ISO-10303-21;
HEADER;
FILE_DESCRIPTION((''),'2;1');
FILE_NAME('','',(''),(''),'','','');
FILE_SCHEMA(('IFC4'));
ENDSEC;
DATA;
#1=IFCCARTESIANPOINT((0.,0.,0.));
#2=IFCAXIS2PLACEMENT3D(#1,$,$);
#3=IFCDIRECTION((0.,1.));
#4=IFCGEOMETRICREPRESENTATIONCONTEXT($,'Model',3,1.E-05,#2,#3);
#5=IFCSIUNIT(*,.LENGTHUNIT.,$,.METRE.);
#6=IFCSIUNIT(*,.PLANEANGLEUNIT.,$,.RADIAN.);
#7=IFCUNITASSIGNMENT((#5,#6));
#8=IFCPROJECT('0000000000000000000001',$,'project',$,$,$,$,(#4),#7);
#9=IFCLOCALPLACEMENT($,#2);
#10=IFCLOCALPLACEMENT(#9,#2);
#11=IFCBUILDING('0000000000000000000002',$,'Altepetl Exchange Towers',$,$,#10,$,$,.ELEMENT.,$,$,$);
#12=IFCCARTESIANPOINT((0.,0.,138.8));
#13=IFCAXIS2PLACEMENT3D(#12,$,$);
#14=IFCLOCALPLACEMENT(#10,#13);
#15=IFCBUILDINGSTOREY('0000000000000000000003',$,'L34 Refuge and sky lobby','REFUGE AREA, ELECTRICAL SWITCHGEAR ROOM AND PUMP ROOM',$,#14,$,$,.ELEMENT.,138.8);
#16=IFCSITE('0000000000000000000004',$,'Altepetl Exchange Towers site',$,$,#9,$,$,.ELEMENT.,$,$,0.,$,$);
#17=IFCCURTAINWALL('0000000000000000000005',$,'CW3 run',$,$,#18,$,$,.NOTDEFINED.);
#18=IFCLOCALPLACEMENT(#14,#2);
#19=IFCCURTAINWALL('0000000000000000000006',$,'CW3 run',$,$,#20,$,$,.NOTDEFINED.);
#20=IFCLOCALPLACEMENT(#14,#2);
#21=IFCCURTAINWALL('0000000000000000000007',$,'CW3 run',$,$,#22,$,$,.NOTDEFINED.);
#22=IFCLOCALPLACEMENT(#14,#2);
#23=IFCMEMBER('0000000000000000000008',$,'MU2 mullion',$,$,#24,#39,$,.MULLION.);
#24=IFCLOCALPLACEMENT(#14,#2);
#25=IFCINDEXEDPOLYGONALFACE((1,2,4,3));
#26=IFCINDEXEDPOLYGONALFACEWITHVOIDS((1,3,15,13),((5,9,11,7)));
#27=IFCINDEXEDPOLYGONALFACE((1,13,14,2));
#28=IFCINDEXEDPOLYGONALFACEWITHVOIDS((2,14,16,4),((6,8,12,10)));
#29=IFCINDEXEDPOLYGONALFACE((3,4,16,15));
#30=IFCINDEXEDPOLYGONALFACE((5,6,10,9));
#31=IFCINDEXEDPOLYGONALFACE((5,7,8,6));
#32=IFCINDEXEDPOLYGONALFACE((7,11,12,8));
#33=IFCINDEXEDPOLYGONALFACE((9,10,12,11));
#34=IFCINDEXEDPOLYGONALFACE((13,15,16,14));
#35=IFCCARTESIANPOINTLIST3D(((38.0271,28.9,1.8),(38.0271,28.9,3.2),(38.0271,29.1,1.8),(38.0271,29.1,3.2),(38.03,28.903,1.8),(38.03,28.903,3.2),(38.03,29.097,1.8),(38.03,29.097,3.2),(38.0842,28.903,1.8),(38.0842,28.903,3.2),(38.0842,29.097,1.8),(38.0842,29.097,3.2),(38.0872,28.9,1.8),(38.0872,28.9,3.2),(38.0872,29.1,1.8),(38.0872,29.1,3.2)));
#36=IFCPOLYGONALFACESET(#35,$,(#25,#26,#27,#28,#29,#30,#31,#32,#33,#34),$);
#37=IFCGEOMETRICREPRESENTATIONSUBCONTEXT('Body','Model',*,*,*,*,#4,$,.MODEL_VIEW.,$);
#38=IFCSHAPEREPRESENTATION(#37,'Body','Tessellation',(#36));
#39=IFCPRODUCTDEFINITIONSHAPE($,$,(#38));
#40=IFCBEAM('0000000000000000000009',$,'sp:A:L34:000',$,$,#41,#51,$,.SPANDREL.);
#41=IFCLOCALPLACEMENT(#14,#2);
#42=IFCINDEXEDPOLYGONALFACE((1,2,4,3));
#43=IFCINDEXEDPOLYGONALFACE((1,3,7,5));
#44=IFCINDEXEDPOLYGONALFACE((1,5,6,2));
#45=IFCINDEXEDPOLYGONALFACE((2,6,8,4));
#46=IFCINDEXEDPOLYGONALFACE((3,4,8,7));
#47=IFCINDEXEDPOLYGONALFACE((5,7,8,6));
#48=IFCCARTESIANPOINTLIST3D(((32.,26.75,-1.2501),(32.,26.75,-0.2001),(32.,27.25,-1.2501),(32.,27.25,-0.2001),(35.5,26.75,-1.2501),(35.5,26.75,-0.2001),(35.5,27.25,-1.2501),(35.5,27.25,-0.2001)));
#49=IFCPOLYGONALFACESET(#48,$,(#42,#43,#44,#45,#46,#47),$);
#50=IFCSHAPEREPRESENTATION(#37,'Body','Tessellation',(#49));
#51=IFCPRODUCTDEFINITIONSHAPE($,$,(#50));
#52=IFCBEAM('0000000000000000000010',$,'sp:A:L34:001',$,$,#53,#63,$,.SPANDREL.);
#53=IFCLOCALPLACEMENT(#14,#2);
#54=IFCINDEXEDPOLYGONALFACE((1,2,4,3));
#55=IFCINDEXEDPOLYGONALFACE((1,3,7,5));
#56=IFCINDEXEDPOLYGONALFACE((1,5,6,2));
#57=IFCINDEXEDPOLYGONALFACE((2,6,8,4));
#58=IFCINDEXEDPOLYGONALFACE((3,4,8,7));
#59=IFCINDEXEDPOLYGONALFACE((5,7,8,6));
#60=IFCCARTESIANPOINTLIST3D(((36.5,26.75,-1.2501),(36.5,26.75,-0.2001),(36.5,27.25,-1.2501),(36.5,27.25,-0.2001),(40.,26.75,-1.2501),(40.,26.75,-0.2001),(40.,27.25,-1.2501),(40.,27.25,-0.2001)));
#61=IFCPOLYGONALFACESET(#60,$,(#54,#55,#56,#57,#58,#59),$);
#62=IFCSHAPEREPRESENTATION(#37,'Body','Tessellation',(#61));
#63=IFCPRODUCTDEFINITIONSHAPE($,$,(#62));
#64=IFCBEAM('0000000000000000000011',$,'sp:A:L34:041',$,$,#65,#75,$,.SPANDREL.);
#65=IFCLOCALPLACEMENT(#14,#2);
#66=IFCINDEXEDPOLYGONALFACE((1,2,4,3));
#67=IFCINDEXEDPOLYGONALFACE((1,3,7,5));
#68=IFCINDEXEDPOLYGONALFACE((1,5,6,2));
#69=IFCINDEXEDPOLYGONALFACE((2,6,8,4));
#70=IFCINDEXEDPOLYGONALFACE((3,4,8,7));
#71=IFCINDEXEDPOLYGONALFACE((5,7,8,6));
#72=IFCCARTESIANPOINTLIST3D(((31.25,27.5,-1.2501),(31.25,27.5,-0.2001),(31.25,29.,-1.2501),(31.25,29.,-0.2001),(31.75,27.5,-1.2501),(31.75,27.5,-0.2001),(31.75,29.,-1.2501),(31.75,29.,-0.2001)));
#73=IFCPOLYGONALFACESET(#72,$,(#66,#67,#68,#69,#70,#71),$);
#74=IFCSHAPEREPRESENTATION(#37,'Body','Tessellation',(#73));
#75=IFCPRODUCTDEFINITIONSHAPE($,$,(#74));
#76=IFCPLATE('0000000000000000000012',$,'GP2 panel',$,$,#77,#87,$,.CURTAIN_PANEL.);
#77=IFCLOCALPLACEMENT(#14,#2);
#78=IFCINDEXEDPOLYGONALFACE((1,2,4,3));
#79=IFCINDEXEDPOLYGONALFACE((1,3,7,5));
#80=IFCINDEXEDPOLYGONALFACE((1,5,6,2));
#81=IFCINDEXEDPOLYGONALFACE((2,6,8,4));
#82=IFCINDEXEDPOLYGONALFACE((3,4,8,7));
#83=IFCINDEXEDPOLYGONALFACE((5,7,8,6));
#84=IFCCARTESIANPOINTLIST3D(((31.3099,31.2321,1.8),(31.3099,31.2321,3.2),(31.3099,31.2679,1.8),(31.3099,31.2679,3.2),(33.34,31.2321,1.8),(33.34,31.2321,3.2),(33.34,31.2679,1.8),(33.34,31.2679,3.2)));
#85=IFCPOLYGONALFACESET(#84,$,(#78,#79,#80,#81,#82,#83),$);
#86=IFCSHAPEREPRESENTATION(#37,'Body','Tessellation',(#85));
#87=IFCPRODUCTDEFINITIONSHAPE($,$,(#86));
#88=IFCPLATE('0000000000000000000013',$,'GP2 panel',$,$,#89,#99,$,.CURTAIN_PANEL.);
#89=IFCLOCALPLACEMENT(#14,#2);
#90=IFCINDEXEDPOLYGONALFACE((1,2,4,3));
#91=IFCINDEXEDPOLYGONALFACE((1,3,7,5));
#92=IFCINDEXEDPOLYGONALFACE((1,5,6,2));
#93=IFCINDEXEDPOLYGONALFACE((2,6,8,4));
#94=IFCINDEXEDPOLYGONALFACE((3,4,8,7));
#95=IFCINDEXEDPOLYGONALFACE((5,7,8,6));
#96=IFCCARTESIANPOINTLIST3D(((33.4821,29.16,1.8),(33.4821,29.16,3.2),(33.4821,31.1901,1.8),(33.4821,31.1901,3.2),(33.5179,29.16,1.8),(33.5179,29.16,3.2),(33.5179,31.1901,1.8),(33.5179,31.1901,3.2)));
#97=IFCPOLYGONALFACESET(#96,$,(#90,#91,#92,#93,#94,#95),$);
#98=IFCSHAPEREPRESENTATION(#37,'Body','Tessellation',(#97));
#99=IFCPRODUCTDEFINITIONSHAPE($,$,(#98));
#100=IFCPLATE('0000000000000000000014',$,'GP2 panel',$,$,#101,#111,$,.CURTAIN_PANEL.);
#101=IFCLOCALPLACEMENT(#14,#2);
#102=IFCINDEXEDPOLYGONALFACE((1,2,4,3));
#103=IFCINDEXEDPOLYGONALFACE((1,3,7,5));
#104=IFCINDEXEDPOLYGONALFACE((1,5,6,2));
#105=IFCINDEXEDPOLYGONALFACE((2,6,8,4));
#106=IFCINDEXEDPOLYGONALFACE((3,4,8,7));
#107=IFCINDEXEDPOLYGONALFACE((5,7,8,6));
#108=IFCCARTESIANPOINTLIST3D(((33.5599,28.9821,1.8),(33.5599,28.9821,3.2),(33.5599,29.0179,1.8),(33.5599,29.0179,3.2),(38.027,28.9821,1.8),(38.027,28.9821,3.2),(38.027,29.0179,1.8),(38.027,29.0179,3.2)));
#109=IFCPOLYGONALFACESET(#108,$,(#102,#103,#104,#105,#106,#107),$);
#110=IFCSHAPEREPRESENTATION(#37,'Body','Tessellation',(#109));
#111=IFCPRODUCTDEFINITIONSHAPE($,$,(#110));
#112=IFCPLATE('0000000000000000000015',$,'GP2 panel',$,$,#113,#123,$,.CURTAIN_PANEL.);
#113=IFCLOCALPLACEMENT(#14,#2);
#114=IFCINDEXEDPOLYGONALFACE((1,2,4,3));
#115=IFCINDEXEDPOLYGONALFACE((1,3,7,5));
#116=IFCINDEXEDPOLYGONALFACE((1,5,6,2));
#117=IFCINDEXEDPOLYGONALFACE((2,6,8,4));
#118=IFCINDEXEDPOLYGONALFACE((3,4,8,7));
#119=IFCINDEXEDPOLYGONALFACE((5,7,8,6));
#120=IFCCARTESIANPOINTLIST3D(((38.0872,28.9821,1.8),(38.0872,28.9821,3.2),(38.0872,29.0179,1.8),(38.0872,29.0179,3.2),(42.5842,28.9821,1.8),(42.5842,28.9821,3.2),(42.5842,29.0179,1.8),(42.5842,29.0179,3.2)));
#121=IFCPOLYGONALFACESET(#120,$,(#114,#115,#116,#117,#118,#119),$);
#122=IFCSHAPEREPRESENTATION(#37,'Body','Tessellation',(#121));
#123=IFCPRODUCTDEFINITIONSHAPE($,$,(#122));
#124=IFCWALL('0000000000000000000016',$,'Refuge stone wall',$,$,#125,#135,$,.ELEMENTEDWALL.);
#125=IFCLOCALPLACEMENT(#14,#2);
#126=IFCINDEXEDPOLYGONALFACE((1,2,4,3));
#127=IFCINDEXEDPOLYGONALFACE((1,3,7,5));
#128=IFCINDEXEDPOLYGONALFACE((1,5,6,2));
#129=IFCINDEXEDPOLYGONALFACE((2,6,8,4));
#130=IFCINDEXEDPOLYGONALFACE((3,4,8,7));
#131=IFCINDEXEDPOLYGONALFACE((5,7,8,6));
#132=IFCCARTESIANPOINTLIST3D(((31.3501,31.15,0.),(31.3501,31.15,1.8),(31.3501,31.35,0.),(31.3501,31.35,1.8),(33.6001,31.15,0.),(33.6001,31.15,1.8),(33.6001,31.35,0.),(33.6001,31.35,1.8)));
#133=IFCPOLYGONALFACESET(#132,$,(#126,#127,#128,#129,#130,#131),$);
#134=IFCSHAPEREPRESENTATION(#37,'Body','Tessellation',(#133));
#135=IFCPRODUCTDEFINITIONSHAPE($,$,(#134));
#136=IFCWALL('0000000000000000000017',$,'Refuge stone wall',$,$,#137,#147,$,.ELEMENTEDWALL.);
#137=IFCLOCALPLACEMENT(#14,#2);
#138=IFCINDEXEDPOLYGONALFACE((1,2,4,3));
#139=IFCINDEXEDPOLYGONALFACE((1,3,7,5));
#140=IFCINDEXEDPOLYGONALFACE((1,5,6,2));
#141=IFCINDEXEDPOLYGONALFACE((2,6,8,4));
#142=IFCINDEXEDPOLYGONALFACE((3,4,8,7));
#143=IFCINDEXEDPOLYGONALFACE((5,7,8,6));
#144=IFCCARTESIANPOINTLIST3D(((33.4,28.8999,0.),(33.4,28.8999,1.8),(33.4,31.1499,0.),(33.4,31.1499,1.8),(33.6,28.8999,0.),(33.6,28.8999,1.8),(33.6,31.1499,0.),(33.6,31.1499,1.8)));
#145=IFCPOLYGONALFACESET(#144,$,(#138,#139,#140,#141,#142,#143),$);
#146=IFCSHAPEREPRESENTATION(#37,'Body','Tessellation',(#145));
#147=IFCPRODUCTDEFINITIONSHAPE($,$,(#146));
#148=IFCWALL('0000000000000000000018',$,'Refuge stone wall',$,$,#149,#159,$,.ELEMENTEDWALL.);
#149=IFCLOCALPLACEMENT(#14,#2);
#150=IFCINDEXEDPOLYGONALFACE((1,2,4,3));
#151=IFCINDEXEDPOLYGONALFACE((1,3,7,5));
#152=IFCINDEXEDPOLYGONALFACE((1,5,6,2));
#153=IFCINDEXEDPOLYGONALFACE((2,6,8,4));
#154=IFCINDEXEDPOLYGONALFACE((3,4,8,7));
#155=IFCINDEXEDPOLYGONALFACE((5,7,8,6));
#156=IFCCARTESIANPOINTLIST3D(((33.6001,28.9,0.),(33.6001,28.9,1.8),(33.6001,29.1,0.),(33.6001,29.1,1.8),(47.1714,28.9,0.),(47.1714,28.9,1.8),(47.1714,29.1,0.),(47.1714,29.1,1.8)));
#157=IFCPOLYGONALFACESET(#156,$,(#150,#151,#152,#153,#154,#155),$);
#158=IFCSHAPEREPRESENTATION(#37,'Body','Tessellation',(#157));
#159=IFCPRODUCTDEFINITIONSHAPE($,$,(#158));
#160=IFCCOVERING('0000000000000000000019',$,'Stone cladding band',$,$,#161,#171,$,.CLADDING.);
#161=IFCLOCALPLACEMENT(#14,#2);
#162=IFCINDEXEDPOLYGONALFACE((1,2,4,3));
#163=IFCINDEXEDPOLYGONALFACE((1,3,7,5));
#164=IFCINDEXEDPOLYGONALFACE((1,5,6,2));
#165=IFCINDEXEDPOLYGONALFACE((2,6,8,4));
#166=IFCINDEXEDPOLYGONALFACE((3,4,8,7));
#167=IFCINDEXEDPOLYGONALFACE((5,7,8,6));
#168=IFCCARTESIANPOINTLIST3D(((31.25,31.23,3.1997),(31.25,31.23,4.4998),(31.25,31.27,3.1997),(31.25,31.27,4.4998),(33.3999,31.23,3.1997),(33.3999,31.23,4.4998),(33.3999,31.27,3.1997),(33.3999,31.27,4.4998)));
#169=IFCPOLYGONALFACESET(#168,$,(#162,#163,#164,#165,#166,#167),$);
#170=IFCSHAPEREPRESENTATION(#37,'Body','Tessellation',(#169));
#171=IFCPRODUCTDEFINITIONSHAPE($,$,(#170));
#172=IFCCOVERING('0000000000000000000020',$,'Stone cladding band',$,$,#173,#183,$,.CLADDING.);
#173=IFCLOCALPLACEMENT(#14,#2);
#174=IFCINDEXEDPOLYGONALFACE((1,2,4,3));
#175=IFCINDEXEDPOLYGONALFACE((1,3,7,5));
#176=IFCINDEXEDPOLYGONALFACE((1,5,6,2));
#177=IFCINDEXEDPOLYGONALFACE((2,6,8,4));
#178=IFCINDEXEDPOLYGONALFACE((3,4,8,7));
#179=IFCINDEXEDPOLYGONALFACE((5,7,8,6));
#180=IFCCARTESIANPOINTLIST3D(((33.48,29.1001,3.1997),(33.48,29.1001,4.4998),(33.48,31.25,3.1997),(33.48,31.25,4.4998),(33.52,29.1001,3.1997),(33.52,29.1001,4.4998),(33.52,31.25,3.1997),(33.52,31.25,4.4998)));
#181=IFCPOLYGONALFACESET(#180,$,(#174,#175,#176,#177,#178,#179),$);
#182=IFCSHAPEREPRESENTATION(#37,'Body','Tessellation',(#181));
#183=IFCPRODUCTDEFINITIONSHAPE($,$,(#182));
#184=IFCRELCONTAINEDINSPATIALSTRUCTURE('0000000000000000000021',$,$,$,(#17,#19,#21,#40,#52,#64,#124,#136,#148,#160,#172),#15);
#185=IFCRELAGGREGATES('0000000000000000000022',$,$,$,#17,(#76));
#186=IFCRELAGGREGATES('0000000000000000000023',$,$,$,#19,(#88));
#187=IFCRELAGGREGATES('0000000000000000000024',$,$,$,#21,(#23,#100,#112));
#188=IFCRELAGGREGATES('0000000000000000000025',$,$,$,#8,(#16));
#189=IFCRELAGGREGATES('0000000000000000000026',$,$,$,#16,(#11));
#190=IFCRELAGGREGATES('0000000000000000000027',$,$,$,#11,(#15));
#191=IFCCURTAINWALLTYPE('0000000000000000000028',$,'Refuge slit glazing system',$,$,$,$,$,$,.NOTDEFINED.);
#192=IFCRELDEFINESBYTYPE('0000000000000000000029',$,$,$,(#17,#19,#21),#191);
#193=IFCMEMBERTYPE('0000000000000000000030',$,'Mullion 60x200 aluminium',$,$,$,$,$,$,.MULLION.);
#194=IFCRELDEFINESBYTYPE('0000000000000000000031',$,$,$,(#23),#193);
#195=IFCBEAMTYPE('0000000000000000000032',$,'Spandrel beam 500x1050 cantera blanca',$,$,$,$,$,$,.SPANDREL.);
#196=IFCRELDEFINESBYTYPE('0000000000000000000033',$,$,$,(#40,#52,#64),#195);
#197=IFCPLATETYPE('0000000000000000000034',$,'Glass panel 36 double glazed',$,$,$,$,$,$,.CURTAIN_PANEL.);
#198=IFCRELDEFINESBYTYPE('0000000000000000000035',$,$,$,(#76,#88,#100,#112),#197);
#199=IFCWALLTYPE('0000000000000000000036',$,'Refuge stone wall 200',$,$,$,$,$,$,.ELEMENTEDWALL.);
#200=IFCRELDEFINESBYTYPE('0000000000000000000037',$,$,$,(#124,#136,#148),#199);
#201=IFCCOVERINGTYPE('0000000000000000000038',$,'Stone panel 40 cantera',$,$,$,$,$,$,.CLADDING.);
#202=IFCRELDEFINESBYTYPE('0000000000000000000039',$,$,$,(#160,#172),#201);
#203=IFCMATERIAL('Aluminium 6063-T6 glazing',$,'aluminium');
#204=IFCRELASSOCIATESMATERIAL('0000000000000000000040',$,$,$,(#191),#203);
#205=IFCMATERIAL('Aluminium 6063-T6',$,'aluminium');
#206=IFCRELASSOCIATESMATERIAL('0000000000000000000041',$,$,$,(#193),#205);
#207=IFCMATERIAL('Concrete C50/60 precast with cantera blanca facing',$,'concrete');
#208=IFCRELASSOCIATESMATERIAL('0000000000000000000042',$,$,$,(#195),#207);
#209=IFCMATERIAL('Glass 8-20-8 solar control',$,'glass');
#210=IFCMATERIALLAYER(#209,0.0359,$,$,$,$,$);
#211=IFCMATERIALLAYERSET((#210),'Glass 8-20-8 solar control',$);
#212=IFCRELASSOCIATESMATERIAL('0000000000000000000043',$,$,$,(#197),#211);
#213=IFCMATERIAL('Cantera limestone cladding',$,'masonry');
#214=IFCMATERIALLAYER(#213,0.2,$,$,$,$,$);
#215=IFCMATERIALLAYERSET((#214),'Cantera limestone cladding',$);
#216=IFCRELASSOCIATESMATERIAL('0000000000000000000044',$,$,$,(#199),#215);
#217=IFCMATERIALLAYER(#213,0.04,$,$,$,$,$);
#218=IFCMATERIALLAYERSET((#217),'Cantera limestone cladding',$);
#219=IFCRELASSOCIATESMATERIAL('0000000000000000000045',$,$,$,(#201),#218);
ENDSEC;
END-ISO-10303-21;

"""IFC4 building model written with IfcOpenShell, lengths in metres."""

from ifc_helpers import new_model, si_unit, direction, frame, frame_2d, origin, origin_2d, place, context, subcontext, project, spatial, rectangle, hollow_rectangle, extrude, material, layer, layer_set, material_profile, profile_set, type_object, element, aggregate, save


model = new_model("IFC4")

# Units and contexts
model_context = context("Model", 3, precision=1e-05, world=origin(), true_north=direction((0.0, 1.0)))
body_context = subcontext(model_context, "Body", "Model", "MODEL_VIEW")
ifc_project = project(units=[si_unit("LENGTHUNIT", "METRE"), si_unit("PLANEANGLEUNIT", "RADIAN")], contexts=[model_context])

# Site, building, storey
site_placement = place(None, origin())
site = spatial("IfcSite", under=ifc_project, at=site_placement, Name="Altepetl Exchange Towers site", CompositionType="ELEMENT", RefElevation=0.0)
building_placement = place(site_placement, origin())
building = spatial("IfcBuilding", under=site, at=building_placement, Name="Altepetl Exchange Towers", CompositionType="ELEMENT")
storey_placement = place(building_placement, frame((0.0, 0.0, 138.8)))
storey = spatial("IfcBuildingStorey", under=building, at=storey_placement, Name="L34 Refuge and sky lobby", Description="REFUGE AREA, ELECTRICAL SWITCHGEAR ROOM AND PUMP ROOM", CompositionType="ELEMENT", Elevation=138.8)

# Curtain walls, member
ifc_material_1 = material(Name="Aluminium 6063-T6 glazing", Category="aluminium")
curtain_wall_type = type_object("IfcCurtainWallType", Name="Refuge slit glazing system", PredefinedType="NOTDEFINED", material=ifc_material_1)
curtain_wall_1_placement = place(storey_placement, origin())
curtain_wall_1 = element("IfcCurtainWall", 1, at=curtain_wall_1_placement, inside=storey, type_object=curtain_wall_type, Name="CW3 run", PredefinedType="NOTDEFINED")
ifc_material_2 = material(Name="Aluminium 6063-T6", Category="aluminium")
ifc_material_profile_1 = material_profile(ifc_material_2, hollow_rectangle(XDim=0.0601, YDim=0.2, WallThickness=0.0029, at=origin_2d()), Name="Mullion 60x200 aluminium")
ifc_profile_set_1 = profile_set([ifc_material_profile_1], Name="Aluminium 6063-T6")
member_type_1 = type_object("IfcMemberType", Name="Mullion 60x200 aluminium", PredefinedType="MULLION", material=ifc_profile_set_1)
curtain_wall_2_placement = place(storey_placement, origin())
curtain_wall_2 = element("IfcCurtainWall", 2, at=curtain_wall_2_placement, inside=storey, type_object=curtain_wall_type, Name="CW3 run", PredefinedType="NOTDEFINED")
curtain_wall_3_placement = place(storey_placement, origin())
curtain_wall_3 = element("IfcCurtainWall", 3, at=curtain_wall_3_placement, inside=storey, type_object=curtain_wall_type, Name="CW3 run", PredefinedType="NOTDEFINED")
member_1_placement = place(storey_placement, frame((38.0571, 29.0, 1.8)))
member_1 = element("IfcMember", 4, at=member_1_placement, type_object=member_type_1, Name="MU2 mullion", PredefinedType="MULLION", context=body_context, shape_type="SweptSolid", body=[
    extrude(hollow_rectangle(XDim=0.0601, YDim=0.2, WallThickness=0.0029, at=origin_2d()), origin(), (0.0, 0.0, 1.0), 1.3999),
])

# Beams
ifc_material_3 = material(Name="Concrete C50/60 precast with cantera blanca facing", Category="concrete")
ifc_material_profile_2 = material_profile(ifc_material_3, rectangle(XDim=0.5, YDim=1.05, at=origin_2d()), Name="500 x 1050")
ifc_profile_set_2 = profile_set([ifc_material_profile_2], Name="Concrete C50/60 precast with cantera blanca facing")
beam_type_1 = type_object("IfcBeamType", Name="Spandrel beam 500x1050 cantera blanca", PredefinedType="SPANDREL", material=ifc_profile_set_2)
for number, where, z_axis, x_axis, name in (
    (5, (32.0, 27.0, -0.7251), (1.0, 0.0, 0.0), (0.0, 1.0, 0.0), "sp:A:L34:000"),
    (6, (36.5, 27.0, -0.7251), (1.0, 0.0, 0.0), (0.0, 1.0, 0.0), "sp:A:L34:001"),
):
    element("IfcBeam", number, at=place(storey_placement, frame(where, z_axis=z_axis, x_axis=x_axis)), inside=storey, type_object=beam_type_1, Name=name, PredefinedType="SPANDREL", context=body_context, shape_type="SweptSolid", body=[
        extrude(rectangle(XDim=0.5, YDim=1.05, at=origin_2d()), origin(), (0.0, 0.0, 1.0), 3.5),
    ])
beam_1_placement = place(storey_placement, frame((31.5, 29.0, -0.7251), z_axis=(0.0, -1.0, 0.0), x_axis=(1.0, 0.0, 0.0)))
element("IfcBeam", 7, at=beam_1_placement, inside=storey, type_object=beam_type_1, Name="sp:A:L34:041", PredefinedType="SPANDREL", context=body_context, shape_type="SweptSolid", body=[
    extrude(rectangle(XDim=0.5, YDim=1.05, at=origin_2d()), origin(), (0.0, 0.0, 1.0), 1.5),
])

# Plates
ifc_material_4 = material(Name="Glass 8-20-8 solar control", Category="glass")
ifc_layer_1 = layer(ifc_material_4, 0.0359)
ifc_layer_set_1 = layer_set([ifc_layer_1], Name="Glass 8-20-8 solar control")
plate_type = type_object("IfcPlateType", Name="Glass panel 36 double glazed", PredefinedType="CURTAIN_PANEL", material=ifc_layer_set_1)
plate_1_placement = place(storey_placement, frame((32.325, 31.25, 1.8)))
plate_1 = element("IfcPlate", 8, at=plate_1_placement, type_object=plate_type, Name="GP2 panel", PredefinedType="CURTAIN_PANEL", context=body_context, shape_type="SweptSolid", body=[
    extrude(rectangle(XDim=2.03, YDim=0.0359, at=origin_2d()), origin(), (0.0, 0.0, 1.0), 1.3999),
])
aggregate(curtain_wall_1, [plate_1])
plate_2_placement = place(storey_placement, frame((33.5, 30.175, 1.8), z_axis=(0.0, 0.0, 1.0), x_axis=(0.0, -1.0, 0.0)))
plate_2 = element("IfcPlate", 9, at=plate_2_placement, type_object=plate_type, Name="GP2 panel", PredefinedType="CURTAIN_PANEL", context=body_context, shape_type="SweptSolid", body=[
    extrude(rectangle(XDim=2.03, YDim=0.0359, at=origin_2d()), origin(), (0.0, 0.0, 1.0), 1.3999),
])
aggregate(curtain_wall_2, [plate_2])
plate_3_placement = place(storey_placement, frame((35.7935, 29.0, 1.8)))
plate_3 = element("IfcPlate", 10, at=plate_3_placement, type_object=plate_type, Name="GP2 panel", PredefinedType="CURTAIN_PANEL", context=body_context, shape_type="SweptSolid", body=[
    extrude(rectangle(XDim=4.467, YDim=0.0359, at=origin_2d()), origin(), (0.0, 0.0, 1.0), 1.3999),
])
plate_4_placement = place(storey_placement, frame((40.3357, 29.0, 1.8)))
plate_4 = element("IfcPlate", 11, at=plate_4_placement, type_object=plate_type, Name="GP2 panel", PredefinedType="CURTAIN_PANEL", context=body_context, shape_type="SweptSolid", body=[
    extrude(rectangle(XDim=4.4971, YDim=0.0359, at=origin_2d()), origin(), (0.0, 0.0, 1.0), 1.3999),
])
aggregate(curtain_wall_3, [member_1, plate_3, plate_4])

# Walls
ifc_material_5 = material(Name="Cantera limestone cladding", Category="masonry")
ifc_layer_2 = layer(ifc_material_5, 0.2)
ifc_layer_set_2 = layer_set([ifc_layer_2], Name="Cantera limestone cladding")
wall_type = type_object("IfcWallType", Name="Refuge stone wall 200", PredefinedType="ELEMENTEDWALL", material=ifc_layer_set_2)
wall_1_placement = place(storey_placement, frame((31.3501, 31.25, 0.0)))
element("IfcWall", 12, at=wall_1_placement, inside=storey, type_object=wall_type, Name="Refuge stone wall", PredefinedType="ELEMENTEDWALL", context=body_context, shape_type="SweptSolid", body=[
    extrude(rectangle(XDim=2.25, YDim=0.2, at=frame_2d((1.125, 0.0))), origin(), (0.0, 0.0, 1.0), 1.8),
])
wall_2_placement = place(storey_placement, frame((33.5, 31.1499, 0.0), z_axis=(0.0, 0.0, 1.0), x_axis=(0.0, -1.0, 0.0)))
element("IfcWall", 13, at=wall_2_placement, inside=storey, type_object=wall_type, Name="Refuge stone wall", PredefinedType="ELEMENTEDWALL", context=body_context, shape_type="SweptSolid", body=[
    extrude(rectangle(XDim=2.25, YDim=0.2, at=frame_2d((1.125, 0.0))), origin(), (0.0, 0.0, 1.0), 1.8),
])
wall_3_placement = place(storey_placement, frame((33.6001, 29.0, 0.0)))
element("IfcWall", 14, at=wall_3_placement, inside=storey, type_object=wall_type, Name="Refuge stone wall", PredefinedType="ELEMENTEDWALL", context=body_context, shape_type="SweptSolid", body=[
    extrude(rectangle(XDim=13.5713, YDim=0.2, at=frame_2d((6.7856, 0.0))), origin(), (0.0, 0.0, 1.0), 1.8),
])

# Coverings
ifc_layer_3 = layer(ifc_material_5, 0.04)
ifc_layer_set_3 = layer_set([ifc_layer_3], Name="Cantera limestone cladding")
covering_type = type_object("IfcCoveringType", Name="Stone panel 40 cantera", PredefinedType="CLADDING", material=ifc_layer_set_3)
covering_1_placement = place(storey_placement, frame((32.325, 31.25, 3.1997)))
element("IfcCovering", 15, at=covering_1_placement, inside=storey, type_object=covering_type, Name="Stone cladding band", PredefinedType="CLADDING", context=body_context, shape_type="SweptSolid", body=[
    extrude(rectangle(XDim=2.1499, YDim=0.04, at=origin_2d()), origin(), (0.0, 0.0, 1.0), 1.3),
])
covering_2_placement = place(storey_placement, frame((33.5, 30.175, 3.1997), z_axis=(0.0, 0.0, 1.0), x_axis=(0.0, -1.0, 0.0)))
element("IfcCovering", 16, at=covering_2_placement, inside=storey, type_object=covering_type, Name="Stone cladding band", PredefinedType="CLADDING", context=body_context, shape_type="SweptSolid", body=[
    extrude(rectangle(XDim=2.1499, YDim=0.04, at=origin_2d()), origin(), (0.0, 0.0, 1.0), 1.3),
])

save(model, "model.ifc")
